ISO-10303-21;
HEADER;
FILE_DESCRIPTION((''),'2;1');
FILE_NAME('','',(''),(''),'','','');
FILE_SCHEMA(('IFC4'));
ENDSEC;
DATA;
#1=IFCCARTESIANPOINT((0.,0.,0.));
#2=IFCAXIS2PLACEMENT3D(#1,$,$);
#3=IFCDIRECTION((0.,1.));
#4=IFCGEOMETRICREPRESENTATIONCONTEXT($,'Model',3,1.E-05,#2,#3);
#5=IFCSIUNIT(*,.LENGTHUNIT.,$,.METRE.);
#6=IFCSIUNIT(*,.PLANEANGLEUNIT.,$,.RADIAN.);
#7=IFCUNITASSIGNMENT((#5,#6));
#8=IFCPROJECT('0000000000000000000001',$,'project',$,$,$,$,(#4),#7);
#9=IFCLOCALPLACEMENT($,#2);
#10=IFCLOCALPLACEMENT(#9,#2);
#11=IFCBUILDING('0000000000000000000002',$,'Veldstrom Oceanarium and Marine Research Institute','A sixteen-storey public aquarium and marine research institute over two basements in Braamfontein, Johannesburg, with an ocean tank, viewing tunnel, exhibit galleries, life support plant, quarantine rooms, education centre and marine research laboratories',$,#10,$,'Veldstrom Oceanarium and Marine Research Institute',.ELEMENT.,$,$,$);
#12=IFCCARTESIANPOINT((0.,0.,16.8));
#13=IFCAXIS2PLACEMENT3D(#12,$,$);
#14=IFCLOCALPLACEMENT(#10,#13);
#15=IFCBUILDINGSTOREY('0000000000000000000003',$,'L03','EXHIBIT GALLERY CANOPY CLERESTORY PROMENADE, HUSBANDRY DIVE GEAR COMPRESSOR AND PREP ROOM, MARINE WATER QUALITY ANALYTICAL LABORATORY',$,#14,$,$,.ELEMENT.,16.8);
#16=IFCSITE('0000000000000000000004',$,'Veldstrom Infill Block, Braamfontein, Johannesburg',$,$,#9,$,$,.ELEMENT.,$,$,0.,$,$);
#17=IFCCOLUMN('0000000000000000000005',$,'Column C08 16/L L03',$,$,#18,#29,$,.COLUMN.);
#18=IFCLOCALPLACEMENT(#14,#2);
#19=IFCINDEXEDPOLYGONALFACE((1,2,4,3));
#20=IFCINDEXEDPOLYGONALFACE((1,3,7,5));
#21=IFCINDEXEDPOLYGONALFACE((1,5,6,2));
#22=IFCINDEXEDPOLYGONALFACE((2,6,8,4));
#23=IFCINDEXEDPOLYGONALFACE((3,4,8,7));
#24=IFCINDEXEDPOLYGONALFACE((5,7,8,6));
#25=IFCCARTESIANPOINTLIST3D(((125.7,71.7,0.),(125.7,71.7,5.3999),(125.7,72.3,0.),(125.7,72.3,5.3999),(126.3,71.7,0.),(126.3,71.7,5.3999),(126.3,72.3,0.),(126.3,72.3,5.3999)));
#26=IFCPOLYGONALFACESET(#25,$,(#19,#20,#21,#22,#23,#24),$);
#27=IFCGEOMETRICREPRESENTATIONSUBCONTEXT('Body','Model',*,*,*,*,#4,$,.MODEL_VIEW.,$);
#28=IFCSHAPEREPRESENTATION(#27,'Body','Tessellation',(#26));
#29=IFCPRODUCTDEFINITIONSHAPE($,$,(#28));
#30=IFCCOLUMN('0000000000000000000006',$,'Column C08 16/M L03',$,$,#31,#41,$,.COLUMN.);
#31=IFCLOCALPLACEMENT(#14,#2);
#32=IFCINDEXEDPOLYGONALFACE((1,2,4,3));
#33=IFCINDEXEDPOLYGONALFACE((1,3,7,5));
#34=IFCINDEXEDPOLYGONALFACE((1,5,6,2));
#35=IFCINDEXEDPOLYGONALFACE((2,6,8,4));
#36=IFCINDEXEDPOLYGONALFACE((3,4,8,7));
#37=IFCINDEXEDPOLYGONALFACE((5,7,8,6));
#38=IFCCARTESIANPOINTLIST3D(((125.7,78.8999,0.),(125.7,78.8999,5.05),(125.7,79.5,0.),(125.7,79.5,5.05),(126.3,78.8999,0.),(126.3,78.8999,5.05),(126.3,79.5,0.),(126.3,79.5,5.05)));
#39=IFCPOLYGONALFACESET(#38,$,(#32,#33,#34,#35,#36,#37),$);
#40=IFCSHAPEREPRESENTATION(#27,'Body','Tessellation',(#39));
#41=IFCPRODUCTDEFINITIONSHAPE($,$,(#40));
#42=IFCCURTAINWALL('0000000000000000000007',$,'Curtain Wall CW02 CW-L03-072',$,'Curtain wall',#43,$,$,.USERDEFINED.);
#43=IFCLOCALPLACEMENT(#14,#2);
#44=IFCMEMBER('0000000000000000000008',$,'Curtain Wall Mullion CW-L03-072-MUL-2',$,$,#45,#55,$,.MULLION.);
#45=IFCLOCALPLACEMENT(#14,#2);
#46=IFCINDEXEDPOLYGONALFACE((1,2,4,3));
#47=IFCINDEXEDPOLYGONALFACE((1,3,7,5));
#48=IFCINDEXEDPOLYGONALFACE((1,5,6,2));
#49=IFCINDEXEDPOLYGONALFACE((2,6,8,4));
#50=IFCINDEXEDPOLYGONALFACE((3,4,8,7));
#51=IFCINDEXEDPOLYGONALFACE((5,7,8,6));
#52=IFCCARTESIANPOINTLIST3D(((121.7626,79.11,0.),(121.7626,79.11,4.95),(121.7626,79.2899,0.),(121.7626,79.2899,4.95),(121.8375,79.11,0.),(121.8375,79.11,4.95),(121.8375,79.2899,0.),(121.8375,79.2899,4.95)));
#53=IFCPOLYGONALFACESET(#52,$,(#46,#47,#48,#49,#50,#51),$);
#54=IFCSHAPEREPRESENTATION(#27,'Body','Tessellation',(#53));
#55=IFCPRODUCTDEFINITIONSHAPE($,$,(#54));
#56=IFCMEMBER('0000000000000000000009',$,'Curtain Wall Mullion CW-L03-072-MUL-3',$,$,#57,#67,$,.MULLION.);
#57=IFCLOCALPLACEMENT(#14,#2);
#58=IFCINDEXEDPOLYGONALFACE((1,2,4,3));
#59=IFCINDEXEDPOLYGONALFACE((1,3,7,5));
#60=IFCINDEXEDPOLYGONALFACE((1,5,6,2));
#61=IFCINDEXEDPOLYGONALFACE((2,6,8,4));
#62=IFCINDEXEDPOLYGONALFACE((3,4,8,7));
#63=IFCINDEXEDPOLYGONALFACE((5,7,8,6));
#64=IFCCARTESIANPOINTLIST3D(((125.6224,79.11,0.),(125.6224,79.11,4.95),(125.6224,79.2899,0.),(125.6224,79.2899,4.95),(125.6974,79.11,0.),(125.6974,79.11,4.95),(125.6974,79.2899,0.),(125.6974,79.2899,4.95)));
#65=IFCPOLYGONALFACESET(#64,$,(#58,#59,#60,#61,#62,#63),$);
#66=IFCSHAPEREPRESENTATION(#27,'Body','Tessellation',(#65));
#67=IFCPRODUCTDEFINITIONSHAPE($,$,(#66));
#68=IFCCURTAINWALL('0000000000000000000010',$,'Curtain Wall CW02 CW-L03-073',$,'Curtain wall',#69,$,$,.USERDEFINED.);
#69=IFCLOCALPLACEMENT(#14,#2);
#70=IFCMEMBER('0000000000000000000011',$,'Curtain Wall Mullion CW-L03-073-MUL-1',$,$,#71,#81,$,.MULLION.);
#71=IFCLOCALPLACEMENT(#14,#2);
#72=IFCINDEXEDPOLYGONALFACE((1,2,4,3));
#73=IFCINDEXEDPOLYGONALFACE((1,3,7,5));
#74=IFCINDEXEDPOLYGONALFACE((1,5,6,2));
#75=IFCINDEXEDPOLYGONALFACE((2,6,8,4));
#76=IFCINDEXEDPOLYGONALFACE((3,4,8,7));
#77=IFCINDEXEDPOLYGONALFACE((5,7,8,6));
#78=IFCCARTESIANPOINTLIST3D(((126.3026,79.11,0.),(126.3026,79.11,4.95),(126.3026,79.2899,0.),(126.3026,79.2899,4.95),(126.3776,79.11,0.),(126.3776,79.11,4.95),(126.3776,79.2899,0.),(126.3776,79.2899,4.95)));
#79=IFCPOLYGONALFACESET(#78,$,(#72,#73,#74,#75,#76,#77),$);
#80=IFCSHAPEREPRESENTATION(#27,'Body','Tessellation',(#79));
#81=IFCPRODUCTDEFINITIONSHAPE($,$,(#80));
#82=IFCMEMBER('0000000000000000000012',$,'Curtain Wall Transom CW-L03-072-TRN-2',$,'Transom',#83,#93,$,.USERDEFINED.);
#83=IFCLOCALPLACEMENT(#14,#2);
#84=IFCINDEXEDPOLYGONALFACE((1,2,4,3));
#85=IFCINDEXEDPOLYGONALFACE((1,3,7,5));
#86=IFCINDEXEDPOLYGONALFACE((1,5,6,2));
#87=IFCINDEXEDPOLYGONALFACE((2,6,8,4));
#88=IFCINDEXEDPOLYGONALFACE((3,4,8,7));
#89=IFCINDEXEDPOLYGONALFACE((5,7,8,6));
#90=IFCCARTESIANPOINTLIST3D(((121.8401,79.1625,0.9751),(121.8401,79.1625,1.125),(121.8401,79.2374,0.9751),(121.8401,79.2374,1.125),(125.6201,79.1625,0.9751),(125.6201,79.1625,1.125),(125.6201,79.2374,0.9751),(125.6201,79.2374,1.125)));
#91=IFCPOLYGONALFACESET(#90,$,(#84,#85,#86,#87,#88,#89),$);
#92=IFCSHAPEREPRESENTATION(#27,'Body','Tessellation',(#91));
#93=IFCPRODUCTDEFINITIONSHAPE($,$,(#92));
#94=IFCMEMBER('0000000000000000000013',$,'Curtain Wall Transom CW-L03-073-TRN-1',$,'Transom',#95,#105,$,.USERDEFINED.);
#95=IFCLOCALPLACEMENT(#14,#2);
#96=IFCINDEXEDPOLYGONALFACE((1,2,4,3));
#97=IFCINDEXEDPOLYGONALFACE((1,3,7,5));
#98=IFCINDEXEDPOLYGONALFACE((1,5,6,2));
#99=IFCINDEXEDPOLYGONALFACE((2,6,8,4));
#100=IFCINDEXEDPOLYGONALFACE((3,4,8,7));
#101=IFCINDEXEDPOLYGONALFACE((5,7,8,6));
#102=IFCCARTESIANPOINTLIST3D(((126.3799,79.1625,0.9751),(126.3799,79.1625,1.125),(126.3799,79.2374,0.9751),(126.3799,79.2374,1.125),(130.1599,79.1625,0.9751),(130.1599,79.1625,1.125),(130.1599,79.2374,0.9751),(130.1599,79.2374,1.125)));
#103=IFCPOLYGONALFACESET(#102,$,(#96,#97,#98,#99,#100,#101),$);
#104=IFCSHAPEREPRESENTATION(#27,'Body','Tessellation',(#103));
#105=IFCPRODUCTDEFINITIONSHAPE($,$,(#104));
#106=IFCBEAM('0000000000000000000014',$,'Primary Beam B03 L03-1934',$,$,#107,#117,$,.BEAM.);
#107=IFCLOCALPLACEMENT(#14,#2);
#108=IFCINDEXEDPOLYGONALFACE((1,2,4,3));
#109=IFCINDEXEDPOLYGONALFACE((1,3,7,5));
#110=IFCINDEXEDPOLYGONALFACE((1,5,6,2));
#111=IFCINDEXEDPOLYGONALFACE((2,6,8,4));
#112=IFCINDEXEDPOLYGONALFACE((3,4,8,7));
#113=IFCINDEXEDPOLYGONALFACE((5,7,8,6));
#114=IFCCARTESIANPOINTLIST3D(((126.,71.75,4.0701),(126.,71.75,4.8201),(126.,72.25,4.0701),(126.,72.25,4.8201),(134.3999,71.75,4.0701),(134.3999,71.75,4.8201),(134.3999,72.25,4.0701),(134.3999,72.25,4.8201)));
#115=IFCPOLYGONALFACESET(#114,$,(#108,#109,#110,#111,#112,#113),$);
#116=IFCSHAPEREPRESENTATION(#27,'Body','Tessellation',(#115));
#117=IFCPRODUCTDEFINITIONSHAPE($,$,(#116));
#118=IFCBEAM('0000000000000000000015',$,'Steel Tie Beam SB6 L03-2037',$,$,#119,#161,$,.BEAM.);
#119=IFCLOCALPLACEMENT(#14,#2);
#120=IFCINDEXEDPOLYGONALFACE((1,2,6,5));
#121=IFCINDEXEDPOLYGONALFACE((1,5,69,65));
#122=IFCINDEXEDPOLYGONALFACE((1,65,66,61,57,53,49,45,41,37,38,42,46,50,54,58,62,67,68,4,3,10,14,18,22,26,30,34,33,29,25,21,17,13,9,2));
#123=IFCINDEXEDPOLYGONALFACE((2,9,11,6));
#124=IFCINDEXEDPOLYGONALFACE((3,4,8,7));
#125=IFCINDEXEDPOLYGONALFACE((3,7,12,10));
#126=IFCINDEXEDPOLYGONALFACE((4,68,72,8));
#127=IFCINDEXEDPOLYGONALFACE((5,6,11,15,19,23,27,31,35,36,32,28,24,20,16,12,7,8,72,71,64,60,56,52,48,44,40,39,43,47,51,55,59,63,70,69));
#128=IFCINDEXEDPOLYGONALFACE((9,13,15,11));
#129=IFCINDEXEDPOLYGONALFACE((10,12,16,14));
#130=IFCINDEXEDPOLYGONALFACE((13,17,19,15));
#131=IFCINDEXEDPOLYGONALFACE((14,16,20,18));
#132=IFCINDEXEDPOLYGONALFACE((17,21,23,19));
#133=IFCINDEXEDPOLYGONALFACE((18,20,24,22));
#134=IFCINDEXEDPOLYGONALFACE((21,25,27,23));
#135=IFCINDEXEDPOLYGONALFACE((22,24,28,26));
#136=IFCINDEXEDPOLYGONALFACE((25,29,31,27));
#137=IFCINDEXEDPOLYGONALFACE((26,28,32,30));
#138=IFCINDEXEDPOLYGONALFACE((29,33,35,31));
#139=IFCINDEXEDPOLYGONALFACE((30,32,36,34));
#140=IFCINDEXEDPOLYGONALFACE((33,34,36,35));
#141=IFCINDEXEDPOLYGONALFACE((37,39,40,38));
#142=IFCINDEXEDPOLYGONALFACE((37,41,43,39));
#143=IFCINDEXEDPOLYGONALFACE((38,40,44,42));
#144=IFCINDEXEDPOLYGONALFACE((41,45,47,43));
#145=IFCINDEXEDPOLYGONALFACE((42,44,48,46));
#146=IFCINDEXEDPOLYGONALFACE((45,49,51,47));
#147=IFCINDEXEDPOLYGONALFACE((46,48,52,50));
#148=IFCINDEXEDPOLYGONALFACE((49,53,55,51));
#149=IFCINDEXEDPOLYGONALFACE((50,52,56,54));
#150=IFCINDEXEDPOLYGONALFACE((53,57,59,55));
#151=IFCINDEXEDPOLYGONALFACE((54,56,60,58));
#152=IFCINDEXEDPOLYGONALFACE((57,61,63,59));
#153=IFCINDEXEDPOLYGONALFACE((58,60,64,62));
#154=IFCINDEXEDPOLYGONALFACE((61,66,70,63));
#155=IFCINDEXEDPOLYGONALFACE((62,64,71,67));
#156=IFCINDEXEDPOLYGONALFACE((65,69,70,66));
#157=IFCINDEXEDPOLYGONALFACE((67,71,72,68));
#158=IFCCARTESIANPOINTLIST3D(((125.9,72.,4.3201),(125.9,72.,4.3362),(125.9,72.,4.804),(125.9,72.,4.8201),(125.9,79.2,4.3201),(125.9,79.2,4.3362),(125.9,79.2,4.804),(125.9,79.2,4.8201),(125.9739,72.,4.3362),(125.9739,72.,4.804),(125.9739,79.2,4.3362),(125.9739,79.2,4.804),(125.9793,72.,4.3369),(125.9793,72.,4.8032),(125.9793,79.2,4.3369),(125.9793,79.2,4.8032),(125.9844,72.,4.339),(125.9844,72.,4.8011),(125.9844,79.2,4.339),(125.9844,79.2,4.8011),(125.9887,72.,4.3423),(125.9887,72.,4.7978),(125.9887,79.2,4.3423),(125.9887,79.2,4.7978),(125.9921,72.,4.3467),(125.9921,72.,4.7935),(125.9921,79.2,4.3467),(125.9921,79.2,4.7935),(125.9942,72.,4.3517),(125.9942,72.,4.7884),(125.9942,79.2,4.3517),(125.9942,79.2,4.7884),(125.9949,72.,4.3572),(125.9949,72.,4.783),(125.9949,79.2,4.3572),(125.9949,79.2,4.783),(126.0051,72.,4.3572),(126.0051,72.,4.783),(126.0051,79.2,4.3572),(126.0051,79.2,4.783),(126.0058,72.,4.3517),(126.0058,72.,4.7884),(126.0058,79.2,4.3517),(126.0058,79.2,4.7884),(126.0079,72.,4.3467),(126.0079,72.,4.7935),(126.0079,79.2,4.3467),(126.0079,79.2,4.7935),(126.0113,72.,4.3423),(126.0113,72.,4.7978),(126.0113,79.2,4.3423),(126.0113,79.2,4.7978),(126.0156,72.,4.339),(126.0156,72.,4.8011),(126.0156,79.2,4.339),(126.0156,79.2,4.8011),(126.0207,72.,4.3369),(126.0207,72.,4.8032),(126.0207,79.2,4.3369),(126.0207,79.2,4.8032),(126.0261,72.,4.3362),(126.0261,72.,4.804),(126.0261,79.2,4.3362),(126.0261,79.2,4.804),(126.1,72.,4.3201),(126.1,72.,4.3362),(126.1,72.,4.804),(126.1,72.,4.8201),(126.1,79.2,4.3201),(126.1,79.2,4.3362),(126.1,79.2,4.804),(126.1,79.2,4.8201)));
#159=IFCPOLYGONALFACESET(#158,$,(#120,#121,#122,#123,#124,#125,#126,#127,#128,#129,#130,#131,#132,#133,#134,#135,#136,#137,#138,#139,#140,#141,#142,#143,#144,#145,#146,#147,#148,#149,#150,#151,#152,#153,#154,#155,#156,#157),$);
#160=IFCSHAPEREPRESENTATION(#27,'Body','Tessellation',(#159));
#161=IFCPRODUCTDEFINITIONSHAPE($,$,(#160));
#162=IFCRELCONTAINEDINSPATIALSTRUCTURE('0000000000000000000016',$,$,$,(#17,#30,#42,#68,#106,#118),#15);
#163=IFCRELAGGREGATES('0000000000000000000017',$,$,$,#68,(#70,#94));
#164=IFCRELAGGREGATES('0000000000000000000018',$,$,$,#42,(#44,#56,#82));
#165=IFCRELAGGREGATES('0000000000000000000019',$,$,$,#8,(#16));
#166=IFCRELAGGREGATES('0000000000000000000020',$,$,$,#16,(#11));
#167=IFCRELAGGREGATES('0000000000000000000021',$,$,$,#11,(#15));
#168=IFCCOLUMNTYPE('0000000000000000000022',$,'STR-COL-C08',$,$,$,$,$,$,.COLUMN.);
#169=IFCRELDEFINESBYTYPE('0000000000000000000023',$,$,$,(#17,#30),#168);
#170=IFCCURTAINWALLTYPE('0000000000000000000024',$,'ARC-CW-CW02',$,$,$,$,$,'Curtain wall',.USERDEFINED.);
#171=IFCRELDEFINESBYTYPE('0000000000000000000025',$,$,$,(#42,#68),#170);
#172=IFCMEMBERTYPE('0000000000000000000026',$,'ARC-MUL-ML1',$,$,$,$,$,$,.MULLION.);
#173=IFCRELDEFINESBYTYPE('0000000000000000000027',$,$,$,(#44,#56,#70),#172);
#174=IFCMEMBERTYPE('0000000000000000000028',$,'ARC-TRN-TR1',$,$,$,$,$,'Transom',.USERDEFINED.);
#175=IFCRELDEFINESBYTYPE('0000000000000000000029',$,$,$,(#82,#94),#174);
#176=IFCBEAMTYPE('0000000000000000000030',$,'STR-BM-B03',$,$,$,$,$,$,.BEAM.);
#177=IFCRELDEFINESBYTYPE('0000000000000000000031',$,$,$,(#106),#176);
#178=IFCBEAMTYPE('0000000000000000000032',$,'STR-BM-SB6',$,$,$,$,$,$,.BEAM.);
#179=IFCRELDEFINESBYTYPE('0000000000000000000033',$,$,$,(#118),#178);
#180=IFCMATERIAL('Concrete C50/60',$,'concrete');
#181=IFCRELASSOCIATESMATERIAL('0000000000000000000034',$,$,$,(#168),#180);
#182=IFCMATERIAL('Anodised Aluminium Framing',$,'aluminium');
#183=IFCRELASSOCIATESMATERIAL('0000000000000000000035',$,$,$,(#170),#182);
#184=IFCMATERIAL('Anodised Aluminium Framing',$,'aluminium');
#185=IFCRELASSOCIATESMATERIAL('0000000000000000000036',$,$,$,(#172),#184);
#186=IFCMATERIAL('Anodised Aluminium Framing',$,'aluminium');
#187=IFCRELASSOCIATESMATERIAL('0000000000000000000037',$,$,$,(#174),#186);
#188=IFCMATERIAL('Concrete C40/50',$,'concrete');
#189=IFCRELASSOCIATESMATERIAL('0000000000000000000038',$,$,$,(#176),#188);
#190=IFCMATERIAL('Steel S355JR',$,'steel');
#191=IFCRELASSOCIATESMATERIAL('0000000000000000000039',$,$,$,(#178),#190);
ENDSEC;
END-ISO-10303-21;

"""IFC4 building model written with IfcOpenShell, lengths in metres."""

from ifc_helpers import new_model, si_unit, direction, frame, origin, origin_2d, place, context, subcontext, project, spatial, rectangle, i_section, extrude, material, material_profile, profile_set, type_object, element, aggregate, save


model = new_model("IFC4")

# Units and contexts
model_context = context("Model", 3, precision=1e-05, world=origin(), true_north=direction((0.0, 1.0)))
body_context = subcontext(model_context, "Body", "Model", "MODEL_VIEW")
ifc_project = project(units=[si_unit("LENGTHUNIT", "METRE"), si_unit("PLANEANGLEUNIT", "RADIAN")], contexts=[model_context])

# Site, building, storey
site_placement = place(None, origin())
site = spatial("IfcSite", under=ifc_project, at=site_placement, Name="Veldstrom Infill Block, Braamfontein, Johannesburg", CompositionType="ELEMENT", RefElevation=0.0)
building_placement = place(site_placement, origin())
building = spatial("IfcBuilding", under=site, at=building_placement, Name="Veldstrom Oceanarium and Marine Research Institute", Description="A sixteen-storey public aquarium and marine research institute over two basements in Braamfontein, Johannesburg, with an ocean tank, viewing tunnel, exhibit galleries, life support plant, quarantine rooms, education centre and marine research laboratories", LongName="Veldstrom Oceanarium and Marine Research Institute", CompositionType="ELEMENT")
storey_placement = place(building_placement, frame((0.0, 0.0, 16.8)))
storey = spatial("IfcBuildingStorey", under=building, at=storey_placement, Name="L03", Description="EXHIBIT GALLERY CANOPY CLERESTORY PROMENADE, HUSBANDRY DIVE GEAR COMPRESSOR AND PREP ROOM, MARINE WATER QUALITY ANALYTICAL LABORATORY", CompositionType="ELEMENT", Elevation=16.8)

# Columns
ifc_material_1 = material(Name="Concrete C50/60", Category="concrete")
ifc_material_profile_1 = material_profile(ifc_material_1, rectangle(XDim=0.6001, YDim=0.6001, at=origin_2d()), Name="RC-COL-600x600")
ifc_profile_set_1 = profile_set([ifc_material_profile_1], Name="Concrete C50/60")
column_type = type_object("IfcColumnType", Name="STR-COL-C08", PredefinedType="COLUMN", material=ifc_profile_set_1)
column_1_placement = place(storey_placement, frame((126.0, 72.0, 0.0), z_axis=(0.0, 0.0, 1.0), x_axis=(1.0, 0.0, 0.0)))
element("IfcColumn", 1, at=column_1_placement, inside=storey, type_object=column_type, Name="Column C08 16/L L03", PredefinedType="COLUMN", context=body_context, shape_type="SweptSolid", body=[
    extrude(rectangle(XDim=0.6001, YDim=0.6001, at=origin_2d()), origin(), (0.0, 0.0, 1.0), 5.3999),
])
column_2_placement = place(storey_placement, frame((126.0, 79.2, 0.0), z_axis=(0.0, 0.0, 1.0), x_axis=(1.0, 0.0, 0.0)))
element("IfcColumn", 2, at=column_2_placement, inside=storey, type_object=column_type, Name="Column C08 16/M L03", PredefinedType="COLUMN", context=body_context, shape_type="SweptSolid", body=[
    extrude(rectangle(XDim=0.6001, YDim=0.6001, at=origin_2d()), origin(), (0.0, 0.0, 1.0), 5.05),
])

# Curtain wall, members
ifc_material_2 = material(Name="Anodised Aluminium Framing", Category="aluminium")
curtain_wall_type = type_object("IfcCurtainWallType", Name="ARC-CW-CW02", ElementType="Curtain wall", PredefinedType="USERDEFINED", material=ifc_material_2)
curtain_wall_1_placement = place(storey_placement, origin())
curtain_wall_1 = element("IfcCurtainWall", 3, at=curtain_wall_1_placement, inside=storey, type_object=curtain_wall_type, Name="Curtain Wall CW02 CW-L03-072", ObjectType="Curtain wall", PredefinedType="USERDEFINED")
ifc_material_3 = material(Name="Anodised Aluminium Framing", Category="aluminium")
ifc_material_profile_2 = material_profile(ifc_material_3, rectangle(XDim=0.075, YDim=0.1799, at=origin_2d()), Name="ALU-MUL-75x180")
ifc_profile_set_2 = profile_set([ifc_material_profile_2], Name="Anodised Aluminium Framing")
member_type_1 = type_object("IfcMemberType", Name="ARC-MUL-ML1", PredefinedType="MULLION", material=ifc_profile_set_2)
member_1_placement = place(storey_placement, frame((121.8, 79.2, 0.0), z_axis=(0.0, 0.0, 1.0), x_axis=(1.0, 0.0, 0.0)))
member_1 = element("IfcMember", 4, at=member_1_placement, type_object=member_type_1, Name="Curtain Wall Mullion CW-L03-072-MUL-2", PredefinedType="MULLION", context=body_context, shape_type="SweptSolid", body=[
    extrude(rectangle(XDim=0.075, YDim=0.1799, at=origin_2d()), origin(), (0.0, 0.0, 1.0), 4.95),
])
member_2_placement = place(storey_placement, frame((125.6599, 79.2, 0.0), z_axis=(0.0, 0.0, 1.0), x_axis=(1.0, 0.0, 0.0)))
member_2 = element("IfcMember", 5, at=member_2_placement, type_object=member_type_1, Name="Curtain Wall Mullion CW-L03-072-MUL-3", PredefinedType="MULLION", context=body_context, shape_type="SweptSolid", body=[
    extrude(rectangle(XDim=0.075, YDim=0.1799, at=origin_2d()), origin(), (0.0, 0.0, 1.0), 4.95),
])

# Curtain wall, member
curtain_wall_2_placement = place(storey_placement, origin())
curtain_wall_2 = element("IfcCurtainWall", 6, at=curtain_wall_2_placement, inside=storey, type_object=curtain_wall_type, Name="Curtain Wall CW02 CW-L03-073", ObjectType="Curtain wall", PredefinedType="USERDEFINED")
member_3_placement = place(storey_placement, frame((126.3401, 79.2, 0.0), z_axis=(0.0, 0.0, 1.0), x_axis=(1.0, 0.0, 0.0)))
member_3 = element("IfcMember", 7, at=member_3_placement, type_object=member_type_1, Name="Curtain Wall Mullion CW-L03-073-MUL-1", PredefinedType="MULLION", context=body_context, shape_type="SweptSolid", body=[
    extrude(rectangle(XDim=0.075, YDim=0.1799, at=origin_2d()), origin(), (0.0, 0.0, 1.0), 4.95),
])

# Members
ifc_material_4 = material(Name="Anodised Aluminium Framing", Category="aluminium")
ifc_material_profile_3 = material_profile(ifc_material_4, rectangle(XDim=0.075, YDim=0.1499, at=origin_2d()), Name="ALU-TRN-75x150")
ifc_profile_set_3 = profile_set([ifc_material_profile_3], Name="Anodised Aluminium Framing")
member_type_2 = type_object("IfcMemberType", Name="ARC-TRN-TR1", ElementType="Transom", PredefinedType="USERDEFINED", material=ifc_profile_set_3)
member_4_placement = place(storey_placement, frame((121.8401, 79.2, 1.05), z_axis=(1.0, 0.0, 0.0), x_axis=(0.0, 1.0, 0.0)))
member_4 = element("IfcMember", 8, at=member_4_placement, type_object=member_type_2, Name="Curtain Wall Transom CW-L03-072-TRN-2", ObjectType="Transom", PredefinedType="USERDEFINED", context=body_context, shape_type="SweptSolid", body=[
    extrude(rectangle(XDim=0.075, YDim=0.1499, at=origin_2d()), origin(), (0.0, 0.0, 1.0), 3.78),
])
member_5_placement = place(storey_placement, frame((126.3799, 79.2, 1.05), z_axis=(1.0, 0.0, 0.0), x_axis=(0.0, 1.0, 0.0)))
member_5 = element("IfcMember", 9, at=member_5_placement, type_object=member_type_2, Name="Curtain Wall Transom CW-L03-073-TRN-1", ObjectType="Transom", PredefinedType="USERDEFINED", context=body_context, shape_type="SweptSolid", body=[
    extrude(rectangle(XDim=0.075, YDim=0.1499, at=origin_2d()), origin(), (0.0, 0.0, 1.0), 3.78),
])

# Beams
ifc_material_5 = material(Name="Concrete C40/50", Category="concrete")
ifc_material_profile_4 = material_profile(ifc_material_5, rectangle(XDim=0.5, YDim=0.75, at=origin_2d()), Name="RC-BM-500x750")
ifc_profile_set_4 = profile_set([ifc_material_profile_4], Name="Concrete C40/50")
beam_type_1 = type_object("IfcBeamType", Name="STR-BM-B03", PredefinedType="BEAM", material=ifc_profile_set_4)
beam_1_placement = place(storey_placement, frame((126.0, 72.0, 4.4451), z_axis=(1.0, 0.0, 0.0), x_axis=(0.0, 1.0, 0.0)))
element("IfcBeam", 10, at=beam_1_placement, inside=storey, type_object=beam_type_1, Name="Primary Beam B03 L03-1934", PredefinedType="BEAM", context=body_context, shape_type="SweptSolid", body=[
    extrude(rectangle(XDim=0.5, YDim=0.75, at=origin_2d()), origin(), (0.0, 0.0, 1.0), 8.3999),
])
ifc_material_6 = material(Name="Steel S355JR", Category="steel")
ifc_material_profile_5 = material_profile(ifc_material_6, i_section(OverallWidth=0.2, OverallDepth=0.5, WebThickness=0.0103, FlangeThickness=0.0161, FilletRadius=0.021, at=origin_2d()), Name="IPE 500")
ifc_profile_set_5 = profile_set([ifc_material_profile_5], Name="Steel S355JR")
beam_type_2 = type_object("IfcBeamType", Name="STR-BM-SB6", PredefinedType="BEAM", material=ifc_profile_set_5)
beam_2_placement = place(storey_placement, frame((126.0, 72.0, 4.5701), z_axis=(0.0, 1.0, 0.0), x_axis=(-1.0, 0.0, 0.0)))
element("IfcBeam", 11, at=beam_2_placement, inside=storey, type_object=beam_type_2, Name="Steel Tie Beam SB6 L03-2037", PredefinedType="BEAM", context=body_context, shape_type="SweptSolid", body=[
    extrude(i_section(OverallWidth=0.2, OverallDepth=0.5, WebThickness=0.0103, FlangeThickness=0.0161, FilletRadius=0.021, at=origin_2d()), origin(), (0.0, 0.0, 1.0), 7.2),
])

aggregate(curtain_wall_2, [member_3, member_5])
aggregate(curtain_wall_1, [member_1, member_2, member_4])

save(model, "model.ifc")
